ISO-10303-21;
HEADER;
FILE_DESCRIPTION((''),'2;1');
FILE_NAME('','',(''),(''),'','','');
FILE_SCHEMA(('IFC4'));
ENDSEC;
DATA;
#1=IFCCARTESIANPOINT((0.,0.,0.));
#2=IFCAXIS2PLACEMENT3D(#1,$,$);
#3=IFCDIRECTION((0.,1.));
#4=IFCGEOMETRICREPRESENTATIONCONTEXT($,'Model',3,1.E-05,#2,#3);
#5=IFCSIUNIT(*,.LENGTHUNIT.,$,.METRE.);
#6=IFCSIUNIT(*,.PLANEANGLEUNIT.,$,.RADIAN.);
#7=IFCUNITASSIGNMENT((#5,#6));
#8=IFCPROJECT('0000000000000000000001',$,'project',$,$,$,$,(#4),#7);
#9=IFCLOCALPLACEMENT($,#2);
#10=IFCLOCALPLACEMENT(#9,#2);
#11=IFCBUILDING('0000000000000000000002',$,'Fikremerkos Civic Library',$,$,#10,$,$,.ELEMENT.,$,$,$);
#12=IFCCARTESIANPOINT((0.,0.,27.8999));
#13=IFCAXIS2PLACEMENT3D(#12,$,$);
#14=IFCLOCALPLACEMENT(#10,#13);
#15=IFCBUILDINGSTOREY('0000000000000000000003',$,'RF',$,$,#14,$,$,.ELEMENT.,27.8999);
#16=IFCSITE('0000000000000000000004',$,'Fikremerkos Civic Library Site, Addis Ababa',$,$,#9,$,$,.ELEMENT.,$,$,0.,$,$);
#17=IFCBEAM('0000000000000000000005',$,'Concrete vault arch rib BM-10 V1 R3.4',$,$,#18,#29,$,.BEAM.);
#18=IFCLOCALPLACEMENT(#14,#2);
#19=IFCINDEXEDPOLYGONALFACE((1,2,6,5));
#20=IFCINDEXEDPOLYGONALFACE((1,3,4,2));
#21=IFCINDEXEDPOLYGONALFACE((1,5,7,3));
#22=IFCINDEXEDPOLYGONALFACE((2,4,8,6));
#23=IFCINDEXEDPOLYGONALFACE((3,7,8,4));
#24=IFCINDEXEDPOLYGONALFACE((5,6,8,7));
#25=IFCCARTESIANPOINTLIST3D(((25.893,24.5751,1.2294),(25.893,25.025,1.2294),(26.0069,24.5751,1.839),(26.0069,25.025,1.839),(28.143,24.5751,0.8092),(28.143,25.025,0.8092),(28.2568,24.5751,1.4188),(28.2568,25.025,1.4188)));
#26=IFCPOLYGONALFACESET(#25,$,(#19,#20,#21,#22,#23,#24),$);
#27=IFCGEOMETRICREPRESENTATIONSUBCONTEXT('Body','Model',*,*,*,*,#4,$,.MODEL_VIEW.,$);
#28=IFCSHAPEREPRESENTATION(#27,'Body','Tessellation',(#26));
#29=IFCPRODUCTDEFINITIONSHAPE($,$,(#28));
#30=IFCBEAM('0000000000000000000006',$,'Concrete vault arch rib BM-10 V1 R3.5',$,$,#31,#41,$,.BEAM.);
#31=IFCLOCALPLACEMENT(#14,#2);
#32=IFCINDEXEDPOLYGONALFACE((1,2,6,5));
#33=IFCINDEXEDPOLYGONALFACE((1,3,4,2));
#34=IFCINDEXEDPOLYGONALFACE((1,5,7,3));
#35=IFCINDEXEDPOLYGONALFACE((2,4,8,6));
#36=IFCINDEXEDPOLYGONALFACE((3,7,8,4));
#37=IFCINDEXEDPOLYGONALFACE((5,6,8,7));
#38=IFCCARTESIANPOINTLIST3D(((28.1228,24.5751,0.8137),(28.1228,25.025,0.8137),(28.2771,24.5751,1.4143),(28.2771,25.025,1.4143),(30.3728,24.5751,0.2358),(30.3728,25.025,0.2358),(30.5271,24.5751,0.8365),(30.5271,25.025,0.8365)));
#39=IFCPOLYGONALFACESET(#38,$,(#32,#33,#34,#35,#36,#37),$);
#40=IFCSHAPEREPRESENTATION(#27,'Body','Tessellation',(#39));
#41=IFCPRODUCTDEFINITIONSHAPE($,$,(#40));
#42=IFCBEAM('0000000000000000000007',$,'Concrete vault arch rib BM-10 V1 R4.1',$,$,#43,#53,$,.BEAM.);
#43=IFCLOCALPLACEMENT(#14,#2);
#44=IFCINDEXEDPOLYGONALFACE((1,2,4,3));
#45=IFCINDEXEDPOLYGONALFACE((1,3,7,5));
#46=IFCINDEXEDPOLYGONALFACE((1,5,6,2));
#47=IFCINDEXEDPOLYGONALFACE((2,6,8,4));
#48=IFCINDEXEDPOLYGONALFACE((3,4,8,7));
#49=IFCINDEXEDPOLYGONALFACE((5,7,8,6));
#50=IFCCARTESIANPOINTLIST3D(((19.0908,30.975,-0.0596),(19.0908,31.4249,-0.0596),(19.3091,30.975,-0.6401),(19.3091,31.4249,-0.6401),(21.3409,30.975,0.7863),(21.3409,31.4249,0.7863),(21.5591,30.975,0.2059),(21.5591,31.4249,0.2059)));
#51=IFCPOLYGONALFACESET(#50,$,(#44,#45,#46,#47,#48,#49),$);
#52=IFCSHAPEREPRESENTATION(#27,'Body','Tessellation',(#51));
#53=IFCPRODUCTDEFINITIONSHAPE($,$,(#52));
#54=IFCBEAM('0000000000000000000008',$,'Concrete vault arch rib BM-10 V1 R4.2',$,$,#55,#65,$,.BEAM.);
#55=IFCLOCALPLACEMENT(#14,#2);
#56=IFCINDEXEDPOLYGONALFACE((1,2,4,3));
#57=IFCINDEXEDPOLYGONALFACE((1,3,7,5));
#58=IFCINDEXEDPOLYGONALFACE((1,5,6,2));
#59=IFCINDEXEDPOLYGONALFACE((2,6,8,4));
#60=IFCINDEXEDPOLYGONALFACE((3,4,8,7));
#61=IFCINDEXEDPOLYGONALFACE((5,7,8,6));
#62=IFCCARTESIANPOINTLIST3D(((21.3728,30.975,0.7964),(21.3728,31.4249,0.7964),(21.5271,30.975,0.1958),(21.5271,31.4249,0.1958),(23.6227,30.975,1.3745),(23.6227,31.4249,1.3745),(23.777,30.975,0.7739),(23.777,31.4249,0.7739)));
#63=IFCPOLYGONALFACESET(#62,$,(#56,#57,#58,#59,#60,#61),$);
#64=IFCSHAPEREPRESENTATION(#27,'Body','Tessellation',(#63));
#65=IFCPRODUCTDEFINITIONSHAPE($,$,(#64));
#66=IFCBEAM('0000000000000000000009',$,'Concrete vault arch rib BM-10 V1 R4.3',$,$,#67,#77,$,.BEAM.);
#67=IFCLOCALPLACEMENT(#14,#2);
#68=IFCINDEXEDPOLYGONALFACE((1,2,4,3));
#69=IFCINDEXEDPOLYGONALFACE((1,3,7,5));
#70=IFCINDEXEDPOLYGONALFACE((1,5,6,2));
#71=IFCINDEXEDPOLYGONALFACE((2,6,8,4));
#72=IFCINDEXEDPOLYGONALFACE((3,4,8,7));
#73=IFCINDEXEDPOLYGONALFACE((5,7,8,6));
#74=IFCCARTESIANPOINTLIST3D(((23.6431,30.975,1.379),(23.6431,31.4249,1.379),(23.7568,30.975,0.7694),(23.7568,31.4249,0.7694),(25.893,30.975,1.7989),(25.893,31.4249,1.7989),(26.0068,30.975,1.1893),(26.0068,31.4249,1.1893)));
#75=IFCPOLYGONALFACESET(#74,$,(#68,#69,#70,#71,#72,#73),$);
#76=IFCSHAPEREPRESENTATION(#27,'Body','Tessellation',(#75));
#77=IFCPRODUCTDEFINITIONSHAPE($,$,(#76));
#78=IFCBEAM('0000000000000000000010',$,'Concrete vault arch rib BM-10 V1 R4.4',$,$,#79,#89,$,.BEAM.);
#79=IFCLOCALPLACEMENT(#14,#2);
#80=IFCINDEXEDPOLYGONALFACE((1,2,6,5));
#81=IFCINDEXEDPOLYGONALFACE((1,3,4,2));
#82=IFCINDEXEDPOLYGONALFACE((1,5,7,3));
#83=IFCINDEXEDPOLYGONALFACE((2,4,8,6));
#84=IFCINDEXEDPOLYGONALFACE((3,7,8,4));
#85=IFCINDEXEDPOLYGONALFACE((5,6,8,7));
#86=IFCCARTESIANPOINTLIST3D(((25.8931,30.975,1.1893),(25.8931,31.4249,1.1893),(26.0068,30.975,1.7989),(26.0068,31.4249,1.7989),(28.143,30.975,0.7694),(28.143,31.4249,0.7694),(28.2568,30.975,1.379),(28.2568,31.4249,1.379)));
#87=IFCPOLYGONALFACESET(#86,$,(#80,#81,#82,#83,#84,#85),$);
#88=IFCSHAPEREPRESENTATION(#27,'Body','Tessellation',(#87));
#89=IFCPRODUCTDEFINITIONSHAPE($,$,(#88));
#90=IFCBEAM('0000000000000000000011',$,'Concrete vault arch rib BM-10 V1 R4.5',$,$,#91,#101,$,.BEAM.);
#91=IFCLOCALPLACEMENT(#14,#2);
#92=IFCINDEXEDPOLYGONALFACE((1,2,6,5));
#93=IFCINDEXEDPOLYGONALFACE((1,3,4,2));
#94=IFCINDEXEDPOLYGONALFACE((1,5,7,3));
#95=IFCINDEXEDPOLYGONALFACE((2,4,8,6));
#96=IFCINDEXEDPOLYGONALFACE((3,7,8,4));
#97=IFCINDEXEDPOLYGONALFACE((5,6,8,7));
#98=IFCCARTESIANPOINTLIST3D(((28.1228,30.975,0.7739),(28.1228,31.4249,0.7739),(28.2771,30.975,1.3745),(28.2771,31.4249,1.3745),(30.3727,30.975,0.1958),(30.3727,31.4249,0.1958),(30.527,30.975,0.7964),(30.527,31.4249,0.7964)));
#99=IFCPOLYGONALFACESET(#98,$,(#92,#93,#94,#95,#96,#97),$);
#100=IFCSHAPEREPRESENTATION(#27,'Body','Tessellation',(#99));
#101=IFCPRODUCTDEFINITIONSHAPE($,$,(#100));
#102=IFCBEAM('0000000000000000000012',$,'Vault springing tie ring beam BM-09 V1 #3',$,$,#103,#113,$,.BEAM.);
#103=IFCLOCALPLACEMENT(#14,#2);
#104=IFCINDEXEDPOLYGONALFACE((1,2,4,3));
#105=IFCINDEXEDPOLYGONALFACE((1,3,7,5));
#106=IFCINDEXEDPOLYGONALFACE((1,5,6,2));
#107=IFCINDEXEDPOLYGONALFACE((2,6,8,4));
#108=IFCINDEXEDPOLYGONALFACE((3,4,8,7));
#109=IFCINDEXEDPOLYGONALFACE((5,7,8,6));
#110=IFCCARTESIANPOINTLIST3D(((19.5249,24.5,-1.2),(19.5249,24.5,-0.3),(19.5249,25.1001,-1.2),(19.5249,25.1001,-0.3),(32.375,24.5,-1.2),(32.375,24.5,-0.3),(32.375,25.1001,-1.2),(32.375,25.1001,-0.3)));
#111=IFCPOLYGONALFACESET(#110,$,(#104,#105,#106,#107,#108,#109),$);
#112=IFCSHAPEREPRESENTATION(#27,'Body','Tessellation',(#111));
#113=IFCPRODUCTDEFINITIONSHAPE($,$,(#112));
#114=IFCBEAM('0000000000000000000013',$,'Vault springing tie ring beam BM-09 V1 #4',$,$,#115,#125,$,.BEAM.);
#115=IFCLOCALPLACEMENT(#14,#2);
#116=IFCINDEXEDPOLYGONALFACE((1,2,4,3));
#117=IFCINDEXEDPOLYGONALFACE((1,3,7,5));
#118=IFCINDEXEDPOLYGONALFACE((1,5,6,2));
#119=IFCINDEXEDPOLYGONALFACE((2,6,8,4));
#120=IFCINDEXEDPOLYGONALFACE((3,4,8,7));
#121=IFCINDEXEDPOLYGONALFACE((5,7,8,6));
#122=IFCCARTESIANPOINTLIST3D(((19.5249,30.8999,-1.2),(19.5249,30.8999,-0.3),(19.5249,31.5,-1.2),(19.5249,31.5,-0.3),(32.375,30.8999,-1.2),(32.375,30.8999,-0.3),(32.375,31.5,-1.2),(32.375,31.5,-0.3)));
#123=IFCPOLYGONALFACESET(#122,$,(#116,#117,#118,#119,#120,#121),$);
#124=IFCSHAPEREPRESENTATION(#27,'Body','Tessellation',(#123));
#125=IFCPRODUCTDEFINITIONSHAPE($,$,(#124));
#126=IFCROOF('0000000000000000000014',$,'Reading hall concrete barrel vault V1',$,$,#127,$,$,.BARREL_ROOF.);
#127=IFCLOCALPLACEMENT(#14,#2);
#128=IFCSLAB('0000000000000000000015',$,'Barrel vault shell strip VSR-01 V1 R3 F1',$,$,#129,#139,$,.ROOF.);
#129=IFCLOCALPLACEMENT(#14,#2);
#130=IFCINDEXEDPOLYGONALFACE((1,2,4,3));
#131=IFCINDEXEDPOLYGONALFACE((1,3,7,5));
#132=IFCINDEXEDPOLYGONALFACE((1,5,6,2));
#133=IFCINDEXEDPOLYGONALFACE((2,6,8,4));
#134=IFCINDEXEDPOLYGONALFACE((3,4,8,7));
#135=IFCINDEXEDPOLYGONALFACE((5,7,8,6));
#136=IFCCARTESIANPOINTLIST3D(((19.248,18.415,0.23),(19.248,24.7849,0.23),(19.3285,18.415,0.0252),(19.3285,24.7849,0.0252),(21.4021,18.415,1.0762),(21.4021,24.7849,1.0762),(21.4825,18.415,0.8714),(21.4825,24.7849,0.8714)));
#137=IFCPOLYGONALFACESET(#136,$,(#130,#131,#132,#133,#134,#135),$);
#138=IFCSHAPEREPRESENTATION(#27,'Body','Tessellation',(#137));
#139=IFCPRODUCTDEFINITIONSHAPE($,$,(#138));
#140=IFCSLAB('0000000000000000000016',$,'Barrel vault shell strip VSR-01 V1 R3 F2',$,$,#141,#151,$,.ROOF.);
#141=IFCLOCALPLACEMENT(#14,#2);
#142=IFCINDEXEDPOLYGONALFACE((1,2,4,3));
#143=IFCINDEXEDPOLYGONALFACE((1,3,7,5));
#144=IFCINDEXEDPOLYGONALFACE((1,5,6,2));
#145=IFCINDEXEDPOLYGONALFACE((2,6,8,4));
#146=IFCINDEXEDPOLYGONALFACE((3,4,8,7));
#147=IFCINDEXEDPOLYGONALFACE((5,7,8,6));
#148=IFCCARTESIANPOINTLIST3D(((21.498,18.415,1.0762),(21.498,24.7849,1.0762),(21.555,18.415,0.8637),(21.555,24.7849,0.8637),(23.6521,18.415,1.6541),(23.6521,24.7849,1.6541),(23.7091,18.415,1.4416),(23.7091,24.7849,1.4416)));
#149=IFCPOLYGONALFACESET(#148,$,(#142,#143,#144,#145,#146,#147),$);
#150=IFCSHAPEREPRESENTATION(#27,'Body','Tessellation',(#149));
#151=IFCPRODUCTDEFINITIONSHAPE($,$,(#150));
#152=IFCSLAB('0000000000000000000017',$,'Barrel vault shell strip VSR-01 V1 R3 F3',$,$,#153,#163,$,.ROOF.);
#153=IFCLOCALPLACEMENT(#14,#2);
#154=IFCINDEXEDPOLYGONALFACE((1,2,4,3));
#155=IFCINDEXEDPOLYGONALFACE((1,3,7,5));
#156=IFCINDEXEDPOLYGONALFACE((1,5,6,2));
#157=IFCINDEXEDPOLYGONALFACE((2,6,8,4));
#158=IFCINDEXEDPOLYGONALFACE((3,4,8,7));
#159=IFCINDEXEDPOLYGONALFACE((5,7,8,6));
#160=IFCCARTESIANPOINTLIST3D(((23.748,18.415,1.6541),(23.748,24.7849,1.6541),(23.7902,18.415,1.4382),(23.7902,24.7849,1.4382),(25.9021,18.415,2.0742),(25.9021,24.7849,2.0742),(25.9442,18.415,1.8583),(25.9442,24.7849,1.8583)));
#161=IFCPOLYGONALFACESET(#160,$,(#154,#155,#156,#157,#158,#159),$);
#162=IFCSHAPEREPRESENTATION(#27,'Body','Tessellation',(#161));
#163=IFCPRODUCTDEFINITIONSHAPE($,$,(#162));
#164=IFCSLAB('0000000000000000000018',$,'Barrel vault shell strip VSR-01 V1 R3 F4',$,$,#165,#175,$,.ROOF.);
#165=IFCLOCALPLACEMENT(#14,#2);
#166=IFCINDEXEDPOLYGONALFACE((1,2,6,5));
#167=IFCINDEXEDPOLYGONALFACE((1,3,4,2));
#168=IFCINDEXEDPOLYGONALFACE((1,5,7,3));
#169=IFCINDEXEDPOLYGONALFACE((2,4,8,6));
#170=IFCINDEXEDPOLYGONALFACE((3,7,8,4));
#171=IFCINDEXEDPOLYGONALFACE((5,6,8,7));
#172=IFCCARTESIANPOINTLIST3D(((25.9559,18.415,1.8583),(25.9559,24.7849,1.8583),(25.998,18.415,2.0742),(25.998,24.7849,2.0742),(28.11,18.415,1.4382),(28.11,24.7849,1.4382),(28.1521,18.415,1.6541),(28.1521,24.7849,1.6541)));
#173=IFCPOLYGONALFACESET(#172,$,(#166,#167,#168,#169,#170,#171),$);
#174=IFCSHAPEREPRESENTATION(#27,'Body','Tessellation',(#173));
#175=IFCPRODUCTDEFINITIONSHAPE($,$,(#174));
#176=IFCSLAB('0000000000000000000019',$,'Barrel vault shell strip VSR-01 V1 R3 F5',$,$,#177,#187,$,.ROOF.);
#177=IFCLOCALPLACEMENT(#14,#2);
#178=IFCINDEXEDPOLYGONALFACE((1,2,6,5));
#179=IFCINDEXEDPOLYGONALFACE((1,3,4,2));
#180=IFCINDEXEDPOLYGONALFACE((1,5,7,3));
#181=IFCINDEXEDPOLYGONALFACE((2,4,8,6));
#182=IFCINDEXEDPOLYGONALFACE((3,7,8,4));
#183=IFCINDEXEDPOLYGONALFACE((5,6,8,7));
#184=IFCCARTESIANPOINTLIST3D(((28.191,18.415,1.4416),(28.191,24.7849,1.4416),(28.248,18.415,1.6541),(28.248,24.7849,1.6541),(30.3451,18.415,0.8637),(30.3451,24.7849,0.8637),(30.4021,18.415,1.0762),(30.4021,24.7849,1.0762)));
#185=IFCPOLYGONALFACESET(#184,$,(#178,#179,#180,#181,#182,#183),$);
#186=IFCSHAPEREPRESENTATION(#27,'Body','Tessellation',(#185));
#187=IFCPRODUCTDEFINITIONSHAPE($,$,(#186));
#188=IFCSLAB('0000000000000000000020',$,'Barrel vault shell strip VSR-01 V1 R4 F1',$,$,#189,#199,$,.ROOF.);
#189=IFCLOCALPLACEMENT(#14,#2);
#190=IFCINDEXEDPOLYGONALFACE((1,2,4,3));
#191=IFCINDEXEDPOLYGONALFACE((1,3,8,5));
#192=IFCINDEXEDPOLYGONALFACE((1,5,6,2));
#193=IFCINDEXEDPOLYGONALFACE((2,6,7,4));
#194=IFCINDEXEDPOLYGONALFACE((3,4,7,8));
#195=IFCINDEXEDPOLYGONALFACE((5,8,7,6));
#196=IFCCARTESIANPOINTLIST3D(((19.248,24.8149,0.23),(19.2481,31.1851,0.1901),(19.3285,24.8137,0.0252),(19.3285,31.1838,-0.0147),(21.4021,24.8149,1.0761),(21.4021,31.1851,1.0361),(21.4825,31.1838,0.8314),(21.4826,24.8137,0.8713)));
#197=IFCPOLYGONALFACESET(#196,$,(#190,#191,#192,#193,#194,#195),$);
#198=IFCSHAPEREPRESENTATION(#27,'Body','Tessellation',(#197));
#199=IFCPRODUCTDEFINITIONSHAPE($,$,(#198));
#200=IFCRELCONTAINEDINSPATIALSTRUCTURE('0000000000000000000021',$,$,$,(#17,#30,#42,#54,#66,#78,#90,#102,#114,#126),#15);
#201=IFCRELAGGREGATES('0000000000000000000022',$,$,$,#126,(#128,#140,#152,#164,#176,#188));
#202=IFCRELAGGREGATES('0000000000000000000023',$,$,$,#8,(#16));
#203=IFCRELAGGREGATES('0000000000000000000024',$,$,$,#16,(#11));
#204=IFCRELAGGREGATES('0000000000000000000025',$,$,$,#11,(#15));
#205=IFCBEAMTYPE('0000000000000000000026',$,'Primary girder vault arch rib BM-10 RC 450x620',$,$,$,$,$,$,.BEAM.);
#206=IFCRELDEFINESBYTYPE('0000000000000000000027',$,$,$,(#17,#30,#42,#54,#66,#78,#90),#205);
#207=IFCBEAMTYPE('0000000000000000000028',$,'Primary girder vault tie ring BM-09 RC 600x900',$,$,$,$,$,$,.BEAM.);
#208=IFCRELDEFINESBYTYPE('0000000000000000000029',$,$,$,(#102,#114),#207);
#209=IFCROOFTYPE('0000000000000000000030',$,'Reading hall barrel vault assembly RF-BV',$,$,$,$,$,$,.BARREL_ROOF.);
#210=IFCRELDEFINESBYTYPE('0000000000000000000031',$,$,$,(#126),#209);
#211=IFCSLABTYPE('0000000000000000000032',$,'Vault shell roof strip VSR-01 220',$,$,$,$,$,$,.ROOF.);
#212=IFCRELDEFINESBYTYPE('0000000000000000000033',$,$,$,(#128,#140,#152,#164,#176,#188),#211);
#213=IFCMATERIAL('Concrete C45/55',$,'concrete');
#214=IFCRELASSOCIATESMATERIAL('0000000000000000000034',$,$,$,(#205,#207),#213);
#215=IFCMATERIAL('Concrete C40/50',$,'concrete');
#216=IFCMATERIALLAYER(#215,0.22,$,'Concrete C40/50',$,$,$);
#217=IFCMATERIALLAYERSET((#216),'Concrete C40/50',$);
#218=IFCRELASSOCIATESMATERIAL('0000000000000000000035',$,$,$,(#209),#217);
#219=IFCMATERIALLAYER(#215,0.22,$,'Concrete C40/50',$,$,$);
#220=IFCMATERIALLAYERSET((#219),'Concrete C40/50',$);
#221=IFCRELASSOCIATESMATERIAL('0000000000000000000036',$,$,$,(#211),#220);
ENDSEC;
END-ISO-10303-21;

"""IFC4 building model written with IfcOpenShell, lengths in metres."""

from ifc_helpers import new_model, si_unit, direction, frame, origin, origin_2d, place, context, subcontext, project, spatial, polyline, rectangle, outline, extrude, material, layer, layer_set, material_profile, profile_set, type_object, element, aggregate, save


model = new_model("IFC4")

# Units and contexts
model_context = context("Model", 3, precision=1e-05, world=origin(), true_north=direction((0.0, 1.0)))
body_context = subcontext(model_context, "Body", "Model", "MODEL_VIEW")
ifc_project = project(units=[si_unit("LENGTHUNIT", "METRE"), si_unit("PLANEANGLEUNIT", "RADIAN")], contexts=[model_context])

# Site, building, storey
site_placement = place(None, origin())
site = spatial("IfcSite", under=ifc_project, at=site_placement, Name="Fikremerkos Civic Library Site, Addis Ababa", CompositionType="ELEMENT", RefElevation=0.0)
building_placement = place(site_placement, origin())
building = spatial("IfcBuilding", under=site, at=building_placement, Name="Fikremerkos Civic Library", CompositionType="ELEMENT")
storey_placement = place(building_placement, frame((0.0, 0.0, 27.8999)))
storey = spatial("IfcBuildingStorey", under=building, at=storey_placement, Name="RF", CompositionType="ELEMENT", Elevation=27.8999)

# Beams
ifc_material_1 = material(Name="Concrete C45/55", Category="concrete")
ifc_material_profile_1 = material_profile(ifc_material_1, rectangle(XDim=0.45, YDim=0.6201, at=origin_2d()), Name="RC 450x620")
ifc_profile_set_1 = profile_set([ifc_material_profile_1], Name="Concrete C45/55")
beam_type_1 = type_object("IfcBeamType", Name="Primary girder vault arch rib BM-10 RC 450x620", PredefinedType="BEAM", material=ifc_profile_set_1)
for number, where, z_axis, x_axis, name in (
    (1, (25.95, 24.8, 1.5342), (0.983007, 0.0, -0.183567), (0.0, 1.0, 0.0), "Concrete vault arch rib BM-10 V1 R3.4"),
):
    element("IfcBeam", number, at=place(storey_placement, frame(where, z_axis=z_axis, x_axis=x_axis)), inside=storey, type_object=beam_type_1, Name=name, PredefinedType="BEAM", context=body_context, shape_type="SweptSolid", body=[
        extrude(rectangle(XDim=0.45, YDim=0.6201, at=origin_2d()), origin(), (0.0, 0.0, 1.0), 2.2888),
    ])
beam_1_placement = place(storey_placement, frame((28.2, 24.8, 1.114), z_axis=(0.968565, 0.0, -0.248762), x_axis=(0.0, 1.0, 0.0)))
element("IfcBeam", 2, at=beam_1_placement, inside=storey, type_object=beam_type_1, Name="Concrete vault arch rib BM-10 V1 R3.5", PredefinedType="BEAM", context=body_context, shape_type="SweptSolid", body=[
    extrude(rectangle(XDim=0.45, YDim=0.6201, at=origin_2d()), origin(), (0.0, 0.0, 1.0), 2.323),
])
beam_2_placement = place(storey_placement, frame((19.2, 31.2, -0.3499), z_axis=(0.936028, 0.0, 0.351925), x_axis=(0.0, 1.0, 0.0)))
element("IfcBeam", 3, at=beam_2_placement, inside=storey, type_object=beam_type_1, Name="Concrete vault arch rib BM-10 V1 R4.1", PredefinedType="BEAM", context=body_context, shape_type="SweptSolid", body=[
    extrude(rectangle(XDim=0.45, YDim=0.6201, at=origin_2d()), origin(), (0.0, 0.0, 1.0), 2.4038),
])
beam_3_placement = place(storey_placement, frame((21.45, 31.2, 0.4961), z_axis=(0.968539, 0.0, 0.248861), x_axis=(0.0, 1.0, 0.0)))
element("IfcBeam", 4, at=beam_3_placement, inside=storey, type_object=beam_type_1, Name="Concrete vault arch rib BM-10 V1 R4.2", PredefinedType="BEAM", context=body_context, shape_type="SweptSolid", body=[
    extrude(rectangle(XDim=0.45, YDim=0.6201, at=origin_2d()), origin(), (0.0, 0.0, 1.0), 2.323),
])
for number, where, z_axis, x_axis, name in (
    (5, (23.7, 31.2, 1.0742), (0.983026, 0.0, 0.183464), (0.0, 1.0, 0.0), "Concrete vault arch rib BM-10 V1 R4.3"),
    (6, (25.95, 31.2, 1.4941), (0.983026, 0.0, -0.183464), (0.0, 1.0, 0.0), "Concrete vault arch rib BM-10 V1 R4.4"),
):
    element("IfcBeam", number, at=place(storey_placement, frame(where, z_axis=z_axis, x_axis=x_axis)), inside=storey, type_object=beam_type_1, Name=name, PredefinedType="BEAM", context=body_context, shape_type="SweptSolid", body=[
        extrude(rectangle(XDim=0.45, YDim=0.6201, at=origin_2d()), origin(), (0.0, 0.0, 1.0), 2.2888),
    ])
beam_4_placement = place(storey_placement, frame((28.2, 31.2, 1.0742), z_axis=(0.968539, 0.0, -0.248861), x_axis=(0.0, 1.0, 0.0)))
element("IfcBeam", 7, at=beam_4_placement, inside=storey, type_object=beam_type_1, Name="Concrete vault arch rib BM-10 V1 R4.5", PredefinedType="BEAM", context=body_context, shape_type="SweptSolid", body=[
    extrude(rectangle(XDim=0.45, YDim=0.6201, at=origin_2d()), origin(), (0.0, 0.0, 1.0), 2.323),
])
ifc_material_profile_2 = material_profile(ifc_material_1, rectangle(XDim=0.6001, YDim=0.8999, at=origin_2d()), Name="RC 600x900")
ifc_profile_set_2 = profile_set([ifc_material_profile_2], Name="Concrete C45/55")
beam_type_2 = type_object("IfcBeamType", Name="Primary girder vault tie ring BM-09 RC 600x900", PredefinedType="BEAM", material=ifc_profile_set_2)
for number, where, z_axis, x_axis, name in (
    (8, (19.5249, 24.8, -0.75), (1.0, 0.0, 0.0), (0.0, 1.0, 0.0), "Vault springing tie ring beam BM-09 V1 #3"),
    (9, (19.5249, 31.2, -0.75), (1.0, 0.0, 0.0), (0.0, 1.0, 0.0), "Vault springing tie ring beam BM-09 V1 #4"),
):
    element("IfcBeam", number, at=place(storey_placement, frame(where, z_axis=z_axis, x_axis=x_axis)), inside=storey, type_object=beam_type_2, Name=name, PredefinedType="BEAM", context=body_context, shape_type="SweptSolid", body=[
        extrude(rectangle(XDim=0.6001, YDim=0.8999, at=origin_2d()), origin(), (0.0, 0.0, 1.0), 12.8501),
    ])

# Roof, slabs
ifc_material_2 = material(Name="Concrete C40/50", Category="concrete")
ifc_layer_1 = layer(ifc_material_2, 0.22, Name="Concrete C40/50")
ifc_layer_set_1 = layer_set([ifc_layer_1], Name="Concrete C40/50")
roof_type = type_object("IfcRoofType", Name="Reading hall barrel vault assembly RF-BV", PredefinedType="BARREL_ROOF", material=ifc_layer_set_1)
roof_placement = place(storey_placement, origin())
roof = element("IfcRoof", 10, at=roof_placement, inside=storey, type_object=roof_type, Name="Reading hall concrete barrel vault V1", PredefinedType="BARREL_ROOF")
ifc_layer_2 = layer(ifc_material_2, 0.22, Name="Concrete C40/50")
ifc_layer_set_2 = layer_set([ifc_layer_2], Name="Concrete C40/50")
slab_type_1 = type_object("IfcSlabType", Name="Vault shell roof strip VSR-01 220", PredefinedType="ROOF", material=ifc_layer_set_2)
slab_1_placement = place(storey_placement, frame((19.248, 18.415, 0.23), z_axis=(-0.365636, 0.0, 0.930758), x_axis=(0.930758, 0.0, 0.365636)))
slab_1 = element("IfcSlab", 11, at=slab_1_placement, type_object=slab_type_1, Name="Barrel vault shell strip VSR-01 V1 R3 F1", PredefinedType="ROOF", context=body_context, shape_type="SweptSolid", body=[
    extrude(outline(polyline([(0.0, 0.0), (2.3143, 0.0), (2.3143, 6.3699), (0.0, 6.3699), (0.0, 0.0)])), origin(), (0.0, 0.0, -1.0), 0.22),
])
slab_2_placement = place(storey_placement, frame((21.498, 18.415, 1.0762), z_axis=(-0.259114, 0.0, 0.965847), x_axis=(0.965847, 0.0, 0.259114)))
slab_2 = element("IfcSlab", 12, at=slab_2_placement, type_object=slab_type_1, Name="Barrel vault shell strip VSR-01 V1 R3 F2", PredefinedType="ROOF", context=body_context, shape_type="SweptSolid", body=[
    extrude(outline(polyline([(0.0, 0.0), (2.2302, 0.0), (2.2302, 6.3699), (0.0, 6.3699), (0.0, 0.0)])), origin(), (0.0, 0.0, -1.0), 0.22),
])
slab_3_placement = place(storey_placement, frame((23.748, 18.415, 1.6541), z_axis=(-0.19145, 0.0, 0.981502), x_axis=(0.981502, 0.0, 0.19145)))
slab_3 = element("IfcSlab", 13, at=slab_3_placement, type_object=slab_type_1, Name="Barrel vault shell strip VSR-01 V1 R3 F3", PredefinedType="ROOF", context=body_context, shape_type="SweptSolid", body=[
    extrude(outline(polyline([(0.0, 0.0), (2.1946, 0.0), (2.1946, 6.3699), (0.0, 6.3699), (0.0, 0.0)])), origin(), (0.0, 0.0, -1.0), 0.22),
])
slab_4_placement = place(storey_placement, frame((25.998, 18.415, 2.0742), z_axis=(0.19145, 0.0, 0.981502), x_axis=(0.981502, 0.0, -0.19145)))
slab_4 = element("IfcSlab", 14, at=slab_4_placement, type_object=slab_type_1, Name="Barrel vault shell strip VSR-01 V1 R3 F4", PredefinedType="ROOF", context=body_context, shape_type="SweptSolid", body=[
    extrude(outline(polyline([(0.0, 0.0), (2.1946, 0.0), (2.1946, 6.3699), (0.0, 6.3699), (0.0, 0.0)])), origin(), (0.0, 0.0, -1.0), 0.22),
])
slab_5_placement = place(storey_placement, frame((28.248, 18.415, 1.6541), z_axis=(0.259114, 0.0, 0.965847), x_axis=(0.965847, 0.0, -0.259114)))
slab_5 = element("IfcSlab", 15, at=slab_5_placement, type_object=slab_type_1, Name="Barrel vault shell strip VSR-01 V1 R3 F5", PredefinedType="ROOF", context=body_context, shape_type="SweptSolid", body=[
    extrude(outline(polyline([(0.0, 0.0), (2.2302, 0.0), (2.2302, 6.3699), (0.0, 6.3699), (0.0, 0.0)])), origin(), (0.0, 0.0, -1.0), 0.22),
])
slab_6_placement = place(storey_placement, frame((19.248, 24.8149, 0.23), z_axis=(-0.365584, 0.005832, 0.93076), x_axis=(0.930776, 0.0, 0.36559)))
slab_6 = element("IfcSlab", 16, at=slab_6_placement, type_object=slab_type_1, Name="Barrel vault shell strip VSR-01 V1 R4 F1", PredefinedType="ROOF", context=body_context, shape_type="SweptSolid", body=[
    extrude(outline(polyline([(0.0, 0.0), (2.3143, 0.0), (2.2997, 6.3702), (-0.0146, 6.3702), (0.0, 0.0)])), origin(), (0.0, 0.0, -1.0), 0.22),
])
aggregate(roof, [slab_1, slab_2, slab_3, slab_4, slab_5, slab_6])

save(model, "model.ifc")
